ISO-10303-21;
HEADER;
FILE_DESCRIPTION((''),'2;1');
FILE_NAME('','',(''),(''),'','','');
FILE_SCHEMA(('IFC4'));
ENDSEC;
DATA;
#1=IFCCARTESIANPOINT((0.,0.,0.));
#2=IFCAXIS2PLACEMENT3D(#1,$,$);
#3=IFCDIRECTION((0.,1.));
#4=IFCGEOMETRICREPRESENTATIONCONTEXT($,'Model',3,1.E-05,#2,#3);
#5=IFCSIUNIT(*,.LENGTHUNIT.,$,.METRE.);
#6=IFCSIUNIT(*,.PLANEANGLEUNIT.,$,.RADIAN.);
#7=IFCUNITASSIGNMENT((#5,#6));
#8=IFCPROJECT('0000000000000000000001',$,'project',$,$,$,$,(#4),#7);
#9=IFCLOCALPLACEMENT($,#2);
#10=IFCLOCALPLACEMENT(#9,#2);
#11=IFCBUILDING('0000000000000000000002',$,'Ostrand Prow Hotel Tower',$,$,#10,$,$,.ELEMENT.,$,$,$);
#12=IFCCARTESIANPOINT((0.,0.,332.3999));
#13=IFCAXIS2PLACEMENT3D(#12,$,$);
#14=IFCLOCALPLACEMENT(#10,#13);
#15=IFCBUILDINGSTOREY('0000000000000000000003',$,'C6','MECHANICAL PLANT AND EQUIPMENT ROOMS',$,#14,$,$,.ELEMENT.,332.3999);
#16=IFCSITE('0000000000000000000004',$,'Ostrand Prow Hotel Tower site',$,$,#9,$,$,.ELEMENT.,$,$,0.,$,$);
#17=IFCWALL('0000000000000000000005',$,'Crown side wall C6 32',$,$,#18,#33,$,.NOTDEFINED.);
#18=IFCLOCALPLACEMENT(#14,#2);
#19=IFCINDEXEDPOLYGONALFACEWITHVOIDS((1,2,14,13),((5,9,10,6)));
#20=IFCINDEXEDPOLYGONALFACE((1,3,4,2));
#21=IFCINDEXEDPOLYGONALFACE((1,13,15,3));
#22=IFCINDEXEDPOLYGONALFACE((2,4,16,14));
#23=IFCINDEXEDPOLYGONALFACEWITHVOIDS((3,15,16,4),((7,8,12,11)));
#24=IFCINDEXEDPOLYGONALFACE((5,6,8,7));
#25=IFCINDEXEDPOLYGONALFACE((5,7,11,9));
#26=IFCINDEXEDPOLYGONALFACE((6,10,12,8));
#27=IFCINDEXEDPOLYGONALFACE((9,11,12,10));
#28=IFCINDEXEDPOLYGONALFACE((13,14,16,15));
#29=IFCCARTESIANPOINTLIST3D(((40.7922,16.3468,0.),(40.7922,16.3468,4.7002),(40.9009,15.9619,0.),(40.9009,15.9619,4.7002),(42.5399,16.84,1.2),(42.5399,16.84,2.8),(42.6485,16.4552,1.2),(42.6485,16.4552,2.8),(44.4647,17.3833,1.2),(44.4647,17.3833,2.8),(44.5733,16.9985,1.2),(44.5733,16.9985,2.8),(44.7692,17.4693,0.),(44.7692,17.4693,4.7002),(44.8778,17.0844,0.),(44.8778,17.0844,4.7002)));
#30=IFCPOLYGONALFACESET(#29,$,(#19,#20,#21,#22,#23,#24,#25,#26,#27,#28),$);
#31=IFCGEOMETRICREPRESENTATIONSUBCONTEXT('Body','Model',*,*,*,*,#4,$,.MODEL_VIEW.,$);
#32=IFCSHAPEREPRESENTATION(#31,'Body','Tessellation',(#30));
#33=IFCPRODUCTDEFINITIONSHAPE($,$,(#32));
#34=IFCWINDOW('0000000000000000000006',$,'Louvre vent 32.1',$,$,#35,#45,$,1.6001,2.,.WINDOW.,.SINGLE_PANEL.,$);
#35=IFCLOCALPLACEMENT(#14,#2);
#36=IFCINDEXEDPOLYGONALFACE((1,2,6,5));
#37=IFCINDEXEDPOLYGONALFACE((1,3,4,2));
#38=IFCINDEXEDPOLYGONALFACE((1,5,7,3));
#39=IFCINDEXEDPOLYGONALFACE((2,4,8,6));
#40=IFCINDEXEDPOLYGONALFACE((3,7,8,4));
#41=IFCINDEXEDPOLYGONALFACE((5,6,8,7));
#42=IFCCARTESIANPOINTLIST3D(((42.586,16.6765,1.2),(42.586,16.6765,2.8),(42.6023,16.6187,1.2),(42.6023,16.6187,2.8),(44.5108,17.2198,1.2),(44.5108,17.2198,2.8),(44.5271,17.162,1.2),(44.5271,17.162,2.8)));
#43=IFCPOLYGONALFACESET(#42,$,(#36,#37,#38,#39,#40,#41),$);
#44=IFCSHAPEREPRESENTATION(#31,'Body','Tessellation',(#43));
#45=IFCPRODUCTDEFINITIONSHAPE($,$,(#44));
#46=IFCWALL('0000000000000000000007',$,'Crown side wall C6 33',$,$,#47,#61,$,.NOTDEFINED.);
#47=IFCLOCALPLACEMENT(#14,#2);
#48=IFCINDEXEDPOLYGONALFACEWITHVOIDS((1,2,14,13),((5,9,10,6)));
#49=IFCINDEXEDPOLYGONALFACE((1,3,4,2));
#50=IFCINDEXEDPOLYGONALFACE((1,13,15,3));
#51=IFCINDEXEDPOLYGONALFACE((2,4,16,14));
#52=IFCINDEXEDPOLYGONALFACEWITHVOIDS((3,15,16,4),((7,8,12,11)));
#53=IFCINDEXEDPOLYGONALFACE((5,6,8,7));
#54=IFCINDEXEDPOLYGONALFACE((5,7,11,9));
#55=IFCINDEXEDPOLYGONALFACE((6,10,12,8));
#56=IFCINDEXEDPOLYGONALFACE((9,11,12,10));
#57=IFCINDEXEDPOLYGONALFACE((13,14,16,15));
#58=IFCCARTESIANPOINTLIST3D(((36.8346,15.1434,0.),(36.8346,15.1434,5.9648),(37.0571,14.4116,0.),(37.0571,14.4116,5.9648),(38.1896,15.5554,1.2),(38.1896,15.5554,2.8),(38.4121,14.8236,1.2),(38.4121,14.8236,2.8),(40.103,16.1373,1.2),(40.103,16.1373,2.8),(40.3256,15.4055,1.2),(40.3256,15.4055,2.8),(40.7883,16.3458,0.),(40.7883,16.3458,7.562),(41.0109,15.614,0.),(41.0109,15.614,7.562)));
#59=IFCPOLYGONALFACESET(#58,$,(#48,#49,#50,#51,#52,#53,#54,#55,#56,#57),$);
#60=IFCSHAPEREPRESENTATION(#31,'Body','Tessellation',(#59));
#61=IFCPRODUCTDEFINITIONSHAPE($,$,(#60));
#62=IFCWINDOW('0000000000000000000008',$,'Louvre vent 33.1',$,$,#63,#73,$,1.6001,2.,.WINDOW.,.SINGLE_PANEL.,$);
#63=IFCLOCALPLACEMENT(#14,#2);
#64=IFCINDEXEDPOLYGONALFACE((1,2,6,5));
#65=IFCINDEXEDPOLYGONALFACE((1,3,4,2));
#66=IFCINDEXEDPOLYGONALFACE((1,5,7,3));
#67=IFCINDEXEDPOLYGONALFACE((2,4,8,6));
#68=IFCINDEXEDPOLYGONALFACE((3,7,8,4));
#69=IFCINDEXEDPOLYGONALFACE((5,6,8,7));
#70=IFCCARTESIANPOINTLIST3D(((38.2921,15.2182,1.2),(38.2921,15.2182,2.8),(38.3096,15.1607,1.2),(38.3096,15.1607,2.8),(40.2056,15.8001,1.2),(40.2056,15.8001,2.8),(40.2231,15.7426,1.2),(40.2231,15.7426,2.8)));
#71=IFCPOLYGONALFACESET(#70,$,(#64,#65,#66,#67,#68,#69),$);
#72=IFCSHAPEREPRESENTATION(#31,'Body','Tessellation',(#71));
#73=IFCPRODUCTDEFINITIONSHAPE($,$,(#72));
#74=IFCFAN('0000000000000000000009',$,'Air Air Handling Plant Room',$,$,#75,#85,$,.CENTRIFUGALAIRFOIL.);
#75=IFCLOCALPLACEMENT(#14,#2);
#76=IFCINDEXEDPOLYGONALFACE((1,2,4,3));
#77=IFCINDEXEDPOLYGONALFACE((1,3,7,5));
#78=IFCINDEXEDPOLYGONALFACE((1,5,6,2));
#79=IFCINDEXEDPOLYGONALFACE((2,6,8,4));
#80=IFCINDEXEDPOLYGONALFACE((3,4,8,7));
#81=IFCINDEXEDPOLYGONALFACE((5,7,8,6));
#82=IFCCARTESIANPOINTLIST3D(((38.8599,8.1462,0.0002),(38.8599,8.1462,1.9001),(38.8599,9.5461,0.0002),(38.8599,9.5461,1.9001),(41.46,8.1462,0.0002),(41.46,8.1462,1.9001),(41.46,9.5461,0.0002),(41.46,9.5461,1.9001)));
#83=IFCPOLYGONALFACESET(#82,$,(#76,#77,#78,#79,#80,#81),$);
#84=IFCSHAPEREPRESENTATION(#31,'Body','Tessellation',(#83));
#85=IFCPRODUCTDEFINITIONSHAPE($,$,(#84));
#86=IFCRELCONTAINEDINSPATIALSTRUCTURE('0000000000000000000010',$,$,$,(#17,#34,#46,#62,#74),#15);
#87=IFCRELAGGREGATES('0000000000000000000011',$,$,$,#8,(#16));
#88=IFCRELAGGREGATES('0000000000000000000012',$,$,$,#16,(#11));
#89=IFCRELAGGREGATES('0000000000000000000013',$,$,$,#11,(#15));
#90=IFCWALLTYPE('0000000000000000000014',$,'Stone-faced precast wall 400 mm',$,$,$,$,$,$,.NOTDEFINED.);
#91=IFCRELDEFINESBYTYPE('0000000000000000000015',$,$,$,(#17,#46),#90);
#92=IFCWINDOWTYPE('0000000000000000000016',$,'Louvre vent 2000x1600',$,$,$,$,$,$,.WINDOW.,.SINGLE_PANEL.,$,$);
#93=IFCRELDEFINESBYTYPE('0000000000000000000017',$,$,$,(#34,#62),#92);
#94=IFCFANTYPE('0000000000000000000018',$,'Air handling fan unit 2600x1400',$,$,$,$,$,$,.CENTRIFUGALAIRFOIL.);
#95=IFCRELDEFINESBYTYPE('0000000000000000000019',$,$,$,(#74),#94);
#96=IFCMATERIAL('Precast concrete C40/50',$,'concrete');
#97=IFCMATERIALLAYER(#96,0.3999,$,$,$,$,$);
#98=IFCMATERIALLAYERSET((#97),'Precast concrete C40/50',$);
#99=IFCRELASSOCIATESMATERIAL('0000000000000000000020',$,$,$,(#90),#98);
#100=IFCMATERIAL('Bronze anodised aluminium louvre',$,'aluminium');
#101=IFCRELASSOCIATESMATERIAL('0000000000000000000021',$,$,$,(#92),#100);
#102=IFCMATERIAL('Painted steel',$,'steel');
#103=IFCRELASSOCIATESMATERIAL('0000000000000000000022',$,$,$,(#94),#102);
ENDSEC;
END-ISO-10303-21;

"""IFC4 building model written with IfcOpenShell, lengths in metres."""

from ifc_helpers import new_model, si_unit, direction, frame, frame_2d, origin, origin_2d, place, context, subcontext, project, spatial, polyline, rectangle, outline, extrude, material, layer, layer_set, type_object, element, fill, save


model = new_model("IFC4")

# Units and contexts
model_context = context("Model", 3, precision=1e-05, world=origin(), true_north=direction((0.0, 1.0)))
body_context = subcontext(model_context, "Body", "Model", "MODEL_VIEW")
ifc_project = project(units=[si_unit("LENGTHUNIT", "METRE"), si_unit("PLANEANGLEUNIT", "RADIAN")], contexts=[model_context])

# Site, building, storey
site_placement = place(None, origin())
site = spatial("IfcSite", under=ifc_project, at=site_placement, Name="Ostrand Prow Hotel Tower site", CompositionType="ELEMENT", RefElevation=0.0)
building_placement = place(site_placement, origin())
building = spatial("IfcBuilding", under=site, at=building_placement, Name="Ostrand Prow Hotel Tower", CompositionType="ELEMENT")
storey_placement = place(building_placement, frame((0.0, 0.0, 332.3999)))
storey = spatial("IfcBuildingStorey", under=building, at=storey_placement, Name="C6", Description="MECHANICAL PLANT AND EQUIPMENT ROOMS", CompositionType="ELEMENT", Elevation=332.3999)

# Walls, openings, windows
ifc_material_1 = material(Name="Precast concrete C40/50", Category="concrete")
ifc_layer_1 = layer(ifc_material_1, 0.3999)
ifc_layer_set_1 = layer_set([ifc_layer_1], Name="Precast concrete C40/50")
wall_type_1 = type_object("IfcWallType", Name="Stone-faced precast wall 400 mm", PredefinedType="NOTDEFINED", material=ifc_layer_set_1)
ifc_material_2 = material(Name="Bronze anodised aluminium louvre", Category="aluminium")
window_type = type_object("IfcWindowType", Name="Louvre vent 2000x1600", PartitioningType="SINGLE_PANEL", PredefinedType="WINDOW", material=ifc_material_2)
wall_1_placement = place(storey_placement, frame((44.8235, 17.2769, 0.0), z_axis=(0.0, 0.0, 1.0), x_axis=(-0.962397, -0.271645, 0.0)))
wall_1 = element("IfcWall", 1, at=wall_1_placement, inside=storey, type_object=wall_type_1, Name="Crown side wall C6 32", PredefinedType="NOTDEFINED", context=body_context, shape_type="SweptSolid", body=[
    extrude(rectangle(XDim=4.1323, YDim=0.3999, at=frame_2d((2.0662, 0.0))), origin(), (0.0, 0.0, 1.0), 4.7002),
])
opening_1_placement = place(wall_1_placement, frame((0.3164, 0.0, 1.2)))
opening_1 = element("IfcOpeningElement", 2, at=opening_1_placement, cuts=wall_1, PredefinedType="OPENING", context=body_context, shape_type="SweptSolid", body=[
    extrude(rectangle(XDim=2.0, YDim=1.6001, at=frame_2d((1.0, 0.8))), frame((0.0, 0.21, 0.0), z_axis=(0.0, -1.0, 0.0), x_axis=(1.0, 0.0, 0.0)), (0.0, 0.0, 1.0), 0.4199),
])
window_1_placement = place(opening_1_placement, origin())
window_1 = element("IfcWindow", 3, at=window_1_placement, inside=storey, type_object=window_type, Name="Louvre vent 32.1", OverallHeight=1.6001, OverallWidth=2.0, PartitioningType="SINGLE_PANEL", PredefinedType="WINDOW", context=body_context, shape_type="SweptSolid", body=[
    extrude(rectangle(XDim=2.0, YDim=1.6001, at=frame_2d((1.0, 0.8))), frame((0.0, 0.03, 0.0), z_axis=(0.0, -1.0, 0.0), x_axis=(1.0, 0.0, 0.0)), (0.0, 0.0, 1.0), 0.0601),
])
fill(opening_1, window_1)
wall_2_placement = place(storey_placement, frame((40.8997, 15.9797, 0.0), z_axis=(0.0, 0.0, 1.0), x_axis=(-0.956738, -0.29095, 0.0)))
wall_2 = element("IfcWall", 4, at=wall_2_placement, inside=storey, type_object=wall_type_1, Name="Crown side wall C6 33", PredefinedType="NOTDEFINED", context=body_context, shape_type="SweptSolid", body=[
    extrude(outline(polyline([(0.0, 0.0), (4.1326, 0.0), (4.1326, 5.9648), (0.0, 7.562), (0.0, 0.0)])), frame((0.0, 0.3823, 0.0), z_axis=(0.0, -1.0, 0.0), x_axis=(1.0, 0.0, 0.0)), (0.0, 0.0, 1.0), 0.7649),
])
opening_2_placement = place(wall_2_placement, frame((0.7163, 0.0, 1.2)))
opening_2 = element("IfcOpeningElement", 5, at=opening_2_placement, cuts=wall_2, PredefinedType="OPENING", context=body_context, shape_type="SweptSolid", body=[
    extrude(rectangle(XDim=2.0, YDim=1.6001, at=frame_2d((1.0, 0.8))), frame((0.0, 0.3923, 0.0), z_axis=(0.0, -1.0, 0.0), x_axis=(1.0, 0.0, 0.0)), (0.0, 0.0, 1.0), 0.7849),
])
window_2_placement = place(opening_2_placement, origin())
window_2 = element("IfcWindow", 6, at=window_2_placement, inside=storey, type_object=window_type, Name="Louvre vent 33.1", OverallHeight=1.6001, OverallWidth=2.0, PartitioningType="SINGLE_PANEL", PredefinedType="WINDOW", context=body_context, shape_type="SweptSolid", body=[
    extrude(rectangle(XDim=2.0, YDim=1.6001, at=frame_2d((1.0, 0.8))), frame((0.0, 0.03, 0.0), z_axis=(0.0, -1.0, 0.0), x_axis=(1.0, 0.0, 0.0)), (0.0, 0.0, 1.0), 0.0601),
])
fill(opening_2, window_2)

# Fan
ifc_material_3 = material(Name="Painted steel", Category="steel")
fan_type = type_object("IfcFanType", Name="Air handling fan unit 2600x1400", PredefinedType="CENTRIFUGALAIRFOIL", material=ifc_material_3)
fan_placement = place(storey_placement, frame((40.1599, 8.8462, 0.0002), z_axis=(0.0, 0.0, 1.0), x_axis=(1.0, 0.0, 0.0)))
element("IfcFan", 7, at=fan_placement, inside=storey, type_object=fan_type, Name="Air Air Handling Plant Room", PredefinedType="CENTRIFUGALAIRFOIL", context=body_context, shape_type="SweptSolid", body=[
    extrude(rectangle(XDim=2.6001, YDim=1.3999, at=origin_2d()), origin(), (0.0, 0.0, 1.0), 1.8999),
])

save(model, "model.ifc")
